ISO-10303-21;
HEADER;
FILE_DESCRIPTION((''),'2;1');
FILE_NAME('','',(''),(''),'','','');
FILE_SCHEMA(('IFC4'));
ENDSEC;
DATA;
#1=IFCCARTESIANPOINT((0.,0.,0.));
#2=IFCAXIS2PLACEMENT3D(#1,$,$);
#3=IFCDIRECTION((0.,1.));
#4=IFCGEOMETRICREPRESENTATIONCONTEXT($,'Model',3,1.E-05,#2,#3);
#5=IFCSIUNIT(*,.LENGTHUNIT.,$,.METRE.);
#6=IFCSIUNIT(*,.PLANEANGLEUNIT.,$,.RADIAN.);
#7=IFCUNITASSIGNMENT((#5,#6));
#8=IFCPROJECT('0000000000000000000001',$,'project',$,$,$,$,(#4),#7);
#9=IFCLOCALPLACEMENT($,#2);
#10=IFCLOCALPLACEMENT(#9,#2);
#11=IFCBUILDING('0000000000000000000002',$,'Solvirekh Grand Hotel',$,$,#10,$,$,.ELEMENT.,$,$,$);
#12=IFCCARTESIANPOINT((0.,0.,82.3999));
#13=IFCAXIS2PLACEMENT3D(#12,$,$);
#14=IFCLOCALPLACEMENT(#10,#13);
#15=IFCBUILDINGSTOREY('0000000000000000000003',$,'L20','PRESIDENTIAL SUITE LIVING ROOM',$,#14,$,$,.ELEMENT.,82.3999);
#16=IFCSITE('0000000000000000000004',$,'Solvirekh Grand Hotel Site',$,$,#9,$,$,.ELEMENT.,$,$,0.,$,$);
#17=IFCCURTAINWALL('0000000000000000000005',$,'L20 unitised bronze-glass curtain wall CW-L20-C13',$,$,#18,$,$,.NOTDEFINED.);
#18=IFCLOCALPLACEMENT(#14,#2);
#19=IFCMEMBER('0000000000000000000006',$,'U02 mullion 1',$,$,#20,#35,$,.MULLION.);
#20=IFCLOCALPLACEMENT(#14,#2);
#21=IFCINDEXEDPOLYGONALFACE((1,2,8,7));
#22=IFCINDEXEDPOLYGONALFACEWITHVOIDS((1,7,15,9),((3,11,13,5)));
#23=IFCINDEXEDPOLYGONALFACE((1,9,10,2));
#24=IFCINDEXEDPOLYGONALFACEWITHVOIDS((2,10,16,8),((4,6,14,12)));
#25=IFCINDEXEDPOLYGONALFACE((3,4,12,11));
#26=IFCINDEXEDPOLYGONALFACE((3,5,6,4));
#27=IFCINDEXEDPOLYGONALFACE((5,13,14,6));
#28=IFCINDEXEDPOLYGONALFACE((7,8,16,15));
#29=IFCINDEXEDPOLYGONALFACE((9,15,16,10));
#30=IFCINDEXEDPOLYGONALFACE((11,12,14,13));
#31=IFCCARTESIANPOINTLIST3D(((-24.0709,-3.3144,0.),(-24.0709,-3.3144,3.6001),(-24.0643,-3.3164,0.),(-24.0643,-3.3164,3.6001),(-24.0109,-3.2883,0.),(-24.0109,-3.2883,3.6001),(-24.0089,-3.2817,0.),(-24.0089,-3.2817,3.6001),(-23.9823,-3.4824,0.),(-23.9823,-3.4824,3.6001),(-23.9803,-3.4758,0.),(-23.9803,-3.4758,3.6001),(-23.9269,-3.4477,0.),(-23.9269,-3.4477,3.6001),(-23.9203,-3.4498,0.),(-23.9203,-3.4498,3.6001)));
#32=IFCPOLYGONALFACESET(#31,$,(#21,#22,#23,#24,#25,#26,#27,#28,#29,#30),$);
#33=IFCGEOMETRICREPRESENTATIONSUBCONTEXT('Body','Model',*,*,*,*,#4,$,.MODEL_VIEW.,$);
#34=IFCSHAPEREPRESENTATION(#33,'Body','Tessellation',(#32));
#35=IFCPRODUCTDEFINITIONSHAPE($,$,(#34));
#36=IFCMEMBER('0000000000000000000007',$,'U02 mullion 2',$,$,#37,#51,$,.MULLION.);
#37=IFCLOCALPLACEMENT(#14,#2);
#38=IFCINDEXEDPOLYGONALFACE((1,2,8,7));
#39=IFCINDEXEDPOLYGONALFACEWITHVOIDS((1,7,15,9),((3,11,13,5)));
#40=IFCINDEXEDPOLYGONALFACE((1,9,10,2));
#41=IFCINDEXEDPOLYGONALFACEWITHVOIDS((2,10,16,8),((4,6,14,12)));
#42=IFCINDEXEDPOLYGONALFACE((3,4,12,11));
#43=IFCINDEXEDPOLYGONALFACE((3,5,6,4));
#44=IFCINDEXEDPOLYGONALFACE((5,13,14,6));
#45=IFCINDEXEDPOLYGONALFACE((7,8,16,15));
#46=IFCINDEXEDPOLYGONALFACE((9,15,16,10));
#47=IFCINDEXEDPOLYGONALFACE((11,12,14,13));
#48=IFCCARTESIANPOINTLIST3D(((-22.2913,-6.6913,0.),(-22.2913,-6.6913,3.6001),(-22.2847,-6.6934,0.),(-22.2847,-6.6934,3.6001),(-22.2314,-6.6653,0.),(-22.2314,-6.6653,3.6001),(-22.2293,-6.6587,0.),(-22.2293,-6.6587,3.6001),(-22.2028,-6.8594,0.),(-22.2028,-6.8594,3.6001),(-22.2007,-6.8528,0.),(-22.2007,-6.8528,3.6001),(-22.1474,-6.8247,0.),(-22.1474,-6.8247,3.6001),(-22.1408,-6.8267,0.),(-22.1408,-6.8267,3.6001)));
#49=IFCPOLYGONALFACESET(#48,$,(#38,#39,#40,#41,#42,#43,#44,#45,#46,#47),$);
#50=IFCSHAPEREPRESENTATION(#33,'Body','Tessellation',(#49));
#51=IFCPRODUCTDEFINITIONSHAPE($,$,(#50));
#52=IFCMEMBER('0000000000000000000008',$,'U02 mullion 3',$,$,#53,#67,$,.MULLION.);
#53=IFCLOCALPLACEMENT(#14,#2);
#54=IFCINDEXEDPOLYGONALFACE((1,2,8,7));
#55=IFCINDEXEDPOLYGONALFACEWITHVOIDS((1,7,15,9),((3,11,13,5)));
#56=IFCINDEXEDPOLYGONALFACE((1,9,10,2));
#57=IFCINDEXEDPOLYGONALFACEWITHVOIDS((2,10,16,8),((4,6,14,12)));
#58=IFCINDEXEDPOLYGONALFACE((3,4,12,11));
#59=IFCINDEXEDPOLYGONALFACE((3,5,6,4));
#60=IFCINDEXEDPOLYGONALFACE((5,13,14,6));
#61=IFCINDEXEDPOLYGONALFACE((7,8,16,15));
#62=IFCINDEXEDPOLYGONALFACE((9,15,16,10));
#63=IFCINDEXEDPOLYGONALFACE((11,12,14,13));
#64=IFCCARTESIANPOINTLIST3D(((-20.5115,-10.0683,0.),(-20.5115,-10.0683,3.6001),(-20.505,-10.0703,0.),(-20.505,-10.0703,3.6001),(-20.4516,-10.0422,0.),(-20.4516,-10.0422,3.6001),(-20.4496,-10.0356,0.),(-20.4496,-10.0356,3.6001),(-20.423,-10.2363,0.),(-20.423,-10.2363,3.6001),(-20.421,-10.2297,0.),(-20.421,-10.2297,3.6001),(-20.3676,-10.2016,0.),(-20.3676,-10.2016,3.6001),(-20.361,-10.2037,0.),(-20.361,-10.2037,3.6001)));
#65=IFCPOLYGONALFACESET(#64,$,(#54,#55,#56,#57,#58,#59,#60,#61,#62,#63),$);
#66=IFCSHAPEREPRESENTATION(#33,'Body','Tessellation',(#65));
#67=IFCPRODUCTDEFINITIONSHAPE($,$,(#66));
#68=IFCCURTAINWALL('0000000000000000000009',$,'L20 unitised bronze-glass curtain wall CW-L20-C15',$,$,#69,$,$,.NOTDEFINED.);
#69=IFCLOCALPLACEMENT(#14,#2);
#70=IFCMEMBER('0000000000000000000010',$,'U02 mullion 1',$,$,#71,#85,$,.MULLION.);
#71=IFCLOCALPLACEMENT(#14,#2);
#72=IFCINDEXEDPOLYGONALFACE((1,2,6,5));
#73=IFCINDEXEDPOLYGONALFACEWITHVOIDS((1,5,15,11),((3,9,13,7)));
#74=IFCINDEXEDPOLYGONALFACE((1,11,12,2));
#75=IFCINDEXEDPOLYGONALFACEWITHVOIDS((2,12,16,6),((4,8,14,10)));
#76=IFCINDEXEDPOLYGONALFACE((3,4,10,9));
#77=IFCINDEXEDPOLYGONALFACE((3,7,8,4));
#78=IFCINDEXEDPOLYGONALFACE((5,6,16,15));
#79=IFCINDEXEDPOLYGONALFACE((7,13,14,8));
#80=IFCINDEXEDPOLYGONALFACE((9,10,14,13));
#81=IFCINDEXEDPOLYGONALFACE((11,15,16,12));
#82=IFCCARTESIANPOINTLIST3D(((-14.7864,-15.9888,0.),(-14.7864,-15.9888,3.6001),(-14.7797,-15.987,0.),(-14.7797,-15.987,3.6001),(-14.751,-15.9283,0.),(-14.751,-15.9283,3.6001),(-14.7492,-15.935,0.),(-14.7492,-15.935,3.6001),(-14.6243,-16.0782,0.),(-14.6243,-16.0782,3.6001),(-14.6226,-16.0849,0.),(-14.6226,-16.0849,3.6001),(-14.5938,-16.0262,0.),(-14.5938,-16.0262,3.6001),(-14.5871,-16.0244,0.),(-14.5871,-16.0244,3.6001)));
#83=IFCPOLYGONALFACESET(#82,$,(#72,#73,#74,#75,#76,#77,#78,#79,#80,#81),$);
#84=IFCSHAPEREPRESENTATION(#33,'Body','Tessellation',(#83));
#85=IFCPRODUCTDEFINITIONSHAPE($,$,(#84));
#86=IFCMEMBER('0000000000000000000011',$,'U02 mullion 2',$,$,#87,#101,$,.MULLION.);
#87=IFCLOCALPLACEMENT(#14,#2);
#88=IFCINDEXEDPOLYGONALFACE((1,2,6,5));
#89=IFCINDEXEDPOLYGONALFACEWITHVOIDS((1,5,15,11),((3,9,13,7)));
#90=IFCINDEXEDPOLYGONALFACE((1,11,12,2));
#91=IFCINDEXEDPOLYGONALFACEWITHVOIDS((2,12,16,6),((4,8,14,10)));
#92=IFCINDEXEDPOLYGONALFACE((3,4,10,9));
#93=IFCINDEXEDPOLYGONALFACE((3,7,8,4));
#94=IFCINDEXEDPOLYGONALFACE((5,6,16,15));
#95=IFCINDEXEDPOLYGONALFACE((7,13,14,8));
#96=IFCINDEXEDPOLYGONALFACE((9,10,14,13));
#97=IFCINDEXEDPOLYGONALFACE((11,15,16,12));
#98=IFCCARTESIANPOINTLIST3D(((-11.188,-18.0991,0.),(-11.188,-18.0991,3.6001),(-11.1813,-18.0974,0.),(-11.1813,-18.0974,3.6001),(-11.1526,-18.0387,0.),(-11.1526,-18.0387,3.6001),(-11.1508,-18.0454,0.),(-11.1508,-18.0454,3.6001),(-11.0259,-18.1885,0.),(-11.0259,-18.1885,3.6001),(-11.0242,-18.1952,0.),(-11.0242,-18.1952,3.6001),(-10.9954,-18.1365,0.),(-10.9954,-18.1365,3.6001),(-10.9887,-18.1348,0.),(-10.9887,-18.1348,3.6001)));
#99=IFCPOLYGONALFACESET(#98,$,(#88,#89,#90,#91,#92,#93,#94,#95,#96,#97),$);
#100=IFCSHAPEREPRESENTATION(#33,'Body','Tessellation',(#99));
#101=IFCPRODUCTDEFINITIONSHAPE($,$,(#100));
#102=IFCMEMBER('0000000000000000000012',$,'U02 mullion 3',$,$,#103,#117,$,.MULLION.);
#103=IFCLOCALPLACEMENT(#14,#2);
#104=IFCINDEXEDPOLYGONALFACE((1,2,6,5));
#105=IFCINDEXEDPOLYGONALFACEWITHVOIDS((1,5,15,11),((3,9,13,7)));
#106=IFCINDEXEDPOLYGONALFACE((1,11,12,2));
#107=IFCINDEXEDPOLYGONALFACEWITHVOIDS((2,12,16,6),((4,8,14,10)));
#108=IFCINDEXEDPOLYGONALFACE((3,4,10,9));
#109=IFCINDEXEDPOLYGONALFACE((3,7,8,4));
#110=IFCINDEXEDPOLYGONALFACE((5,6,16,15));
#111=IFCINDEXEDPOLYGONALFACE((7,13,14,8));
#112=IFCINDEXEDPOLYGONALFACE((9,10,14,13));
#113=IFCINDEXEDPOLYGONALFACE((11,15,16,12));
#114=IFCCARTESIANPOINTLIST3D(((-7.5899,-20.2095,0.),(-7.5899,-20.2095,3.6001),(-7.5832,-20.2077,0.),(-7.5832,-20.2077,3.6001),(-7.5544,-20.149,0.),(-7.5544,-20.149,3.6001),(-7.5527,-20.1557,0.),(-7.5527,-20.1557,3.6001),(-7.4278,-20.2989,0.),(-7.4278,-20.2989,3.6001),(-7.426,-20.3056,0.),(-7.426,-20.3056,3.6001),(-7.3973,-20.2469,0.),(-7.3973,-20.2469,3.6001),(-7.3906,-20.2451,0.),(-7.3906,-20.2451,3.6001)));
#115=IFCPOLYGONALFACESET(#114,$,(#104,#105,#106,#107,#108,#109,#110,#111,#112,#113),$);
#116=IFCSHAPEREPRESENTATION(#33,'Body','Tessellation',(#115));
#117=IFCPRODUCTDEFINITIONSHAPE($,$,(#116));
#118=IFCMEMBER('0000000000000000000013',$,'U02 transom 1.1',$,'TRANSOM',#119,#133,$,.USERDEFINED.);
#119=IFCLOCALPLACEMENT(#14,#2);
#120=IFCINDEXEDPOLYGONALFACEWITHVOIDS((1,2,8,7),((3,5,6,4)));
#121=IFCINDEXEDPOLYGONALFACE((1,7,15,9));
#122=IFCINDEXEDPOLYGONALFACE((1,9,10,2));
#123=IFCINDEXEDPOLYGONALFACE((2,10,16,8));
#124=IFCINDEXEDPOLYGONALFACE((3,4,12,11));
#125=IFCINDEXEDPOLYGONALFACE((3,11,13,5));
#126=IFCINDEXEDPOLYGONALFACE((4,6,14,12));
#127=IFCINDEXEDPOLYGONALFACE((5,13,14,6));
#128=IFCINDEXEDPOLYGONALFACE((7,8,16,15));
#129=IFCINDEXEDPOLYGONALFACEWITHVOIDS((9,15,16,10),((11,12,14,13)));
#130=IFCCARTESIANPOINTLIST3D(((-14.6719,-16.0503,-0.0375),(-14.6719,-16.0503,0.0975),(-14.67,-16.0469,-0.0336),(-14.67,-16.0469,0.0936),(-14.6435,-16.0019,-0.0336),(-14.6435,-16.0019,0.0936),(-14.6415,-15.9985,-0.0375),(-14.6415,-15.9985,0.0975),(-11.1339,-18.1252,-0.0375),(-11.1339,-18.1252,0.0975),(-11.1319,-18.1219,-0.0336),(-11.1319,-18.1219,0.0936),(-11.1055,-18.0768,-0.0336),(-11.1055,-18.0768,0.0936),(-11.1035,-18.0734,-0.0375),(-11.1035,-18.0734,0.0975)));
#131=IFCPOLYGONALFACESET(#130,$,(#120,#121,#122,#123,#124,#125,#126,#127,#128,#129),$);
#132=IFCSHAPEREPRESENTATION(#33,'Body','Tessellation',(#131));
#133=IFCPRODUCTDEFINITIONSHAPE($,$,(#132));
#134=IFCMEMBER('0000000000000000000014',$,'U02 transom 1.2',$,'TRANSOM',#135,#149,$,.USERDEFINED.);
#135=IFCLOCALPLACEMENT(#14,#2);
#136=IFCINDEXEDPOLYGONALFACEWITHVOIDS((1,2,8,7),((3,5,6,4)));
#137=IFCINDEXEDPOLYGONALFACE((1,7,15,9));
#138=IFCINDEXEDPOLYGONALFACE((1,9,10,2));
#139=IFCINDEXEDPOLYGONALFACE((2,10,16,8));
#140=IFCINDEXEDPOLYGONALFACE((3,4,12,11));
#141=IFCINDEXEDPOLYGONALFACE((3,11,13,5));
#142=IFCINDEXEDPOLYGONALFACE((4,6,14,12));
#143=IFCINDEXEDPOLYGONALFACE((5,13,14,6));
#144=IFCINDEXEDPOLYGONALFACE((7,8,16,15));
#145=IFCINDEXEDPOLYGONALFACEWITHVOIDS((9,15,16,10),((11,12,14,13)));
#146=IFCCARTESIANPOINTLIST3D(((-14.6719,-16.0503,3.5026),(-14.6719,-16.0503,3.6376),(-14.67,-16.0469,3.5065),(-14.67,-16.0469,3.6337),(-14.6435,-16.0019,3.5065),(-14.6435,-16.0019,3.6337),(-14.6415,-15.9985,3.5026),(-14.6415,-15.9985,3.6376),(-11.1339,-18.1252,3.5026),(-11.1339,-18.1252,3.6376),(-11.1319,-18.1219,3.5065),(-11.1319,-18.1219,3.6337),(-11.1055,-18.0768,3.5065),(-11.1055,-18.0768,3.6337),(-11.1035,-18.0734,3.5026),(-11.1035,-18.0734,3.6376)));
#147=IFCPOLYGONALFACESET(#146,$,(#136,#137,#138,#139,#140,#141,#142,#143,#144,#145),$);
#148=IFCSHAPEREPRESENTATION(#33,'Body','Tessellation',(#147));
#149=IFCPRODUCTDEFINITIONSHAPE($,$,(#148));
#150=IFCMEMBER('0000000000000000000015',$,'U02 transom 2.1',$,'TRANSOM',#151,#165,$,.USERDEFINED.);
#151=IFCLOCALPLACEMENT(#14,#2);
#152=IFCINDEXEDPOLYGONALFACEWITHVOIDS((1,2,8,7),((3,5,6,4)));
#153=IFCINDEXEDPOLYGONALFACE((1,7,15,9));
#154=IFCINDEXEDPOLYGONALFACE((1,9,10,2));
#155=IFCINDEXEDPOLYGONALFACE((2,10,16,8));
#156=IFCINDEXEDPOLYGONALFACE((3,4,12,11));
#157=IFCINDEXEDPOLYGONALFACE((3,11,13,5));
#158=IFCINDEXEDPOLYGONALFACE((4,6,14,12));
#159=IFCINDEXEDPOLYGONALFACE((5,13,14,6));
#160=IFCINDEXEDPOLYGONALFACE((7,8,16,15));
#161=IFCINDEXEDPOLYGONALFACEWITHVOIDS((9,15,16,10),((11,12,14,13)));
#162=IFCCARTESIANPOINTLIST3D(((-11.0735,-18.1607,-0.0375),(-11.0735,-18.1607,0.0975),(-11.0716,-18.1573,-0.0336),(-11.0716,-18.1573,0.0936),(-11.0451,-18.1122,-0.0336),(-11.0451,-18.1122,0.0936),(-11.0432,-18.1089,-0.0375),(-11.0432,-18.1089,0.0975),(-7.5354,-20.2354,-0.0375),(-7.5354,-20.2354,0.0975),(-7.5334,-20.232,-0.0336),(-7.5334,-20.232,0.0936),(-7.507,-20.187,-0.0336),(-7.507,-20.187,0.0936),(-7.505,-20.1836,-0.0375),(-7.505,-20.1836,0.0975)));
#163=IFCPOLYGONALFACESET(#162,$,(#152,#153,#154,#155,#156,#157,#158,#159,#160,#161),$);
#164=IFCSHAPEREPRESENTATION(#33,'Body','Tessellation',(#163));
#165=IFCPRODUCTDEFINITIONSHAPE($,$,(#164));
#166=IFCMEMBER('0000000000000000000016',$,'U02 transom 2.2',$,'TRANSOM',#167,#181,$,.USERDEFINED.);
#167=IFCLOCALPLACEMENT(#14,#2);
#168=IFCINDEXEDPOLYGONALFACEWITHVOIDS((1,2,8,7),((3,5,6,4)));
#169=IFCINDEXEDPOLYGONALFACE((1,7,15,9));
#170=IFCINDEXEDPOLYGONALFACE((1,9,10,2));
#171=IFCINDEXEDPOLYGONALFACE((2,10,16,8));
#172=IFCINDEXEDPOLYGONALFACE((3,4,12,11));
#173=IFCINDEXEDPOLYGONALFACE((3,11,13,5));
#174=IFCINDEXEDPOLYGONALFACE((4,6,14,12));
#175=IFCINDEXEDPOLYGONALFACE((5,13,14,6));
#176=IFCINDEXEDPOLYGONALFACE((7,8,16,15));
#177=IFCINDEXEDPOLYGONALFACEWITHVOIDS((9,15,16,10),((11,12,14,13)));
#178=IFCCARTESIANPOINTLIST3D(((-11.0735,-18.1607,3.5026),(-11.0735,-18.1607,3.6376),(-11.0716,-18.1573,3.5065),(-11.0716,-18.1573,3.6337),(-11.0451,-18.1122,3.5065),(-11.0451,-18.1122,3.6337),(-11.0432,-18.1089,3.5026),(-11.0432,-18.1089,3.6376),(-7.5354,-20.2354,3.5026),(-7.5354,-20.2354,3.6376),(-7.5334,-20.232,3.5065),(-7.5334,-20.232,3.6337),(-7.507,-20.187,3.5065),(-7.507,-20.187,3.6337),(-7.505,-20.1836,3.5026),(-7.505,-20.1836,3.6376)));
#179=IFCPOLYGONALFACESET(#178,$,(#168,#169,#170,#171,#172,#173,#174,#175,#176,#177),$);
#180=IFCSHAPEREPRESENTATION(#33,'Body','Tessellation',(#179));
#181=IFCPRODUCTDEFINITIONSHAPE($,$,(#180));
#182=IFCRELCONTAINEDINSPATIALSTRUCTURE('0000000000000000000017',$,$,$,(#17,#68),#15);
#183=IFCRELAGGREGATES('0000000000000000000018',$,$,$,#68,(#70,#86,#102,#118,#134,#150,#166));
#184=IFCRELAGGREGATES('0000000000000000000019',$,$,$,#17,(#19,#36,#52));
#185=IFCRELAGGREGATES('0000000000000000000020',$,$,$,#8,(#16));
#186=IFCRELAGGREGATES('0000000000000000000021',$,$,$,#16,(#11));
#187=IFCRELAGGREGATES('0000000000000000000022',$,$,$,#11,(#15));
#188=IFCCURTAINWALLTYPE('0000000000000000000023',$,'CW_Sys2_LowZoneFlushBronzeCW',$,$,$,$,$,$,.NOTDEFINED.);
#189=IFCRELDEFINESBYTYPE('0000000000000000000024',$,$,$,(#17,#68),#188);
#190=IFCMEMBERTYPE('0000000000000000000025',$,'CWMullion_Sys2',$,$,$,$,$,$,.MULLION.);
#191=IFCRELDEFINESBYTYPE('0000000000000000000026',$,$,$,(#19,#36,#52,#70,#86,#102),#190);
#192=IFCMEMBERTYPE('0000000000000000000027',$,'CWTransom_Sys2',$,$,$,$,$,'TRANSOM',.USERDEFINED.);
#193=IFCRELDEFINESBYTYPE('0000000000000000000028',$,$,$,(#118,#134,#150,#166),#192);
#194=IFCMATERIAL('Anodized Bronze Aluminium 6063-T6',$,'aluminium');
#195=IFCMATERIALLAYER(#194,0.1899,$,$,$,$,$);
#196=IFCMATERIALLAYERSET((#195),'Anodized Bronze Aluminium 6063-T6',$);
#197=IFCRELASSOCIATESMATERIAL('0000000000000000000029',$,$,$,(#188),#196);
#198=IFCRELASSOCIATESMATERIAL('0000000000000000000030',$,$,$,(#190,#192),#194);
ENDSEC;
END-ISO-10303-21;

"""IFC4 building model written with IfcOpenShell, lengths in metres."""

from ifc_helpers import new_model, si_unit, direction, frame, origin, origin_2d, place, context, subcontext, project, spatial, hollow_rectangle, extrude, source, transform, mapped, material, layer, layer_set, material_profile, profile_set, type_object, element, aggregate, save


model = new_model("IFC4")

# Units and contexts
model_context = context("Model", 3, precision=1e-05, world=origin(), true_north=direction((0.0, 1.0)))
body_context = subcontext(model_context, "Body", "Model", "MODEL_VIEW")
ifc_project = project(units=[si_unit("LENGTHUNIT", "METRE"), si_unit("PLANEANGLEUNIT", "RADIAN")], contexts=[model_context])

# Site, building, storey
site_placement = place(None, origin())
site = spatial("IfcSite", under=ifc_project, at=site_placement, Name="Solvirekh Grand Hotel Site", CompositionType="ELEMENT", RefElevation=0.0)
building_placement = place(site_placement, origin())
building = spatial("IfcBuilding", under=site, at=building_placement, Name="Solvirekh Grand Hotel", CompositionType="ELEMENT")
storey_placement = place(building_placement, frame((0.0, 0.0, 82.3999)))
storey = spatial("IfcBuildingStorey", under=building, at=storey_placement, Name="L20", Description="PRESIDENTIAL SUITE LIVING ROOM", CompositionType="ELEMENT", Elevation=82.3999)

# Curtain walls, members
ifc_material_1 = material(Name="Anodized Bronze Aluminium 6063-T6", Category="aluminium")
ifc_layer_1 = layer(ifc_material_1, 0.1899)
ifc_layer_set_1 = layer_set([ifc_layer_1], Name="Anodized Bronze Aluminium 6063-T6")
curtain_wall_type = type_object("IfcCurtainWallType", Name="CW_Sys2_LowZoneFlushBronzeCW", PredefinedType="NOTDEFINED", material=ifc_layer_set_1)
curtain_wall_1_placement = place(storey_placement, origin())
curtain_wall_1 = element("IfcCurtainWall", 1, at=curtain_wall_1_placement, inside=storey, type_object=curtain_wall_type, Name="L20 unitised bronze-glass curtain wall CW-L20-C13", PredefinedType="NOTDEFINED")
ifc_material_profile_1 = material_profile(ifc_material_1, hollow_rectangle(XDim=0.0701, YDim=0.1899, WallThickness=0.0049, at=origin_2d()), Name="ALU RHS 190X70X5")
ifc_profile_set_1 = profile_set([ifc_material_profile_1], Name="Anodized Bronze Aluminium 6063-T6")
member_type_1 = type_object("IfcMemberType", Name="CWMullion_Sys2", PredefinedType="MULLION", material=ifc_profile_set_1)
shared_shape_1 = source(origin(), body_context, "Body", "SweptSolid", [
    extrude(hollow_rectangle(XDim=0.0701, YDim=0.1899, WallThickness=0.0049, at=origin_2d()), origin(), (0.0, 0.0, 1.0), 3.6001),
])
member_1_placement = place(storey_placement, frame((-23.9956, -3.3821, 0.0), z_axis=(0.0, 0.0, 1.0), x_axis=(0.88467, 0.466217, 0.0)))
member_1 = element("IfcMember", 2, at=member_1_placement, type_object=member_type_1, Name="U02 mullion 1", PredefinedType="MULLION", context=body_context, shape_type="MappedRepresentation", body=[
    mapped(shared_shape_1, transform((0.0, 0.0, 0.0), x_axis=(1.0, 0.0, 0.0), y_axis=(0.0, 1.0, 0.0), z_axis=(0.0, 0.0, 1.0), scale=1.0)),
])
member_2_placement = place(storey_placement, frame((-22.2161, -6.759, 0.0), z_axis=(0.0, 0.0, 1.0), x_axis=(0.88467, 0.466217, 0.0)))
member_2 = element("IfcMember", 3, at=member_2_placement, type_object=member_type_1, Name="U02 mullion 2", PredefinedType="MULLION", context=body_context, shape_type="MappedRepresentation", body=[
    mapped(shared_shape_1, transform((0.0, 0.0, 0.0), x_axis=(1.0, 0.0, 0.0), y_axis=(0.0, 1.0, 0.0), z_axis=(0.0, 0.0, 1.0), scale=1.0)),
])
member_3_placement = place(storey_placement, frame((-20.4363, -10.136, 0.0), z_axis=(0.0, 0.0, 1.0), x_axis=(0.88467, 0.466217, 0.0)))
member_3 = element("IfcMember", 4, at=member_3_placement, type_object=member_type_1, Name="U02 mullion 3", PredefinedType="MULLION", context=body_context, shape_type="MappedRepresentation", body=[
    mapped(shared_shape_1, transform((0.0, 0.0, 0.0), x_axis=(1.0, 0.0, 0.0), y_axis=(0.0, 1.0, 0.0), z_axis=(0.0, 0.0, 1.0), scale=1.0)),
])
curtain_wall_2_placement = place(storey_placement, origin())
curtain_wall_2 = element("IfcCurtainWall", 5, at=curtain_wall_2_placement, inside=storey, type_object=curtain_wall_type, Name="L20 unitised bronze-glass curtain wall CW-L20-C15", PredefinedType="NOTDEFINED")
member_4_placement = place(storey_placement, frame((-14.6868, -16.0066, 0.0), z_axis=(0.0, 0.0, 1.0), x_axis=(0.505887, 0.8626, 0.0)))
member_4 = element("IfcMember", 6, at=member_4_placement, type_object=member_type_1, Name="U02 mullion 1", PredefinedType="MULLION", context=body_context, shape_type="MappedRepresentation", body=[
    mapped(shared_shape_1, transform((0.0, 0.0, 0.0), x_axis=(1.0, 0.0, 0.0), y_axis=(0.0, 1.0, 0.0), z_axis=(0.0, 0.0, 1.0), scale=1.0)),
])
member_5_placement = place(storey_placement, frame((-11.0884, -18.1169, 0.0), z_axis=(0.0, 0.0, 1.0), x_axis=(0.505887, 0.8626, 0.0)))
member_5 = element("IfcMember", 7, at=member_5_placement, type_object=member_type_1, Name="U02 mullion 2", PredefinedType="MULLION", context=body_context, shape_type="MappedRepresentation", body=[
    mapped(shared_shape_1, transform((0.0, 0.0, 0.0), x_axis=(1.0, 0.0, 0.0), y_axis=(0.0, 1.0, 0.0), z_axis=(0.0, 0.0, 1.0), scale=1.0)),
])
member_6_placement = place(storey_placement, frame((-7.4902, -20.2273, 0.0), z_axis=(0.0, 0.0, 1.0), x_axis=(0.505887, 0.8626, 0.0)))
member_6 = element("IfcMember", 8, at=member_6_placement, type_object=member_type_1, Name="U02 mullion 3", PredefinedType="MULLION", context=body_context, shape_type="MappedRepresentation", body=[
    mapped(shared_shape_1, transform((0.0, 0.0, 0.0), x_axis=(1.0, 0.0, 0.0), y_axis=(0.0, 1.0, 0.0), z_axis=(0.0, 0.0, 1.0), scale=1.0)),
])
ifc_material_profile_2 = material_profile(ifc_material_1, hollow_rectangle(XDim=0.0601, YDim=0.135, WallThickness=0.0039, at=origin_2d()), Name="ALU RHS 135X60X4")
ifc_profile_set_2 = profile_set([ifc_material_profile_2], Name="Anodized Bronze Aluminium 6063-T6")
member_type_2 = type_object("IfcMemberType", Name="CWTransom_Sys2", ElementType="TRANSOM", PredefinedType="USERDEFINED", material=ifc_profile_set_2)
shared_shape_2 = source(origin(), body_context, "Body", "SweptSolid", [
    extrude(hollow_rectangle(XDim=0.0601, YDim=0.135, WallThickness=0.0039, at=origin_2d()), origin(), (0.0, 0.0, 1.0), 4.1016),
])
member_7_placement = place(storey_placement, frame((-14.6567, -16.0244, 0.03), z_axis=(0.862602, -0.505883, 0.0), x_axis=(0.505883, 0.862602, 0.0)))
member_7 = element("IfcMember", 9, at=member_7_placement, type_object=member_type_2, Name="U02 transom 1.1", ObjectType="TRANSOM", PredefinedType="USERDEFINED", context=body_context, shape_type="MappedRepresentation", body=[
    mapped(shared_shape_2, transform((0.0, 0.0, 0.0), x_axis=(1.0, 0.0, 0.0), y_axis=(0.0, 1.0, 0.0), z_axis=(0.0, 0.0, 1.0), scale=1.0)),
])
member_8_placement = place(storey_placement, frame((-14.6567, -16.0244, 3.5701), z_axis=(0.862602, -0.505883, 0.0), x_axis=(0.505883, 0.862602, 0.0)))
member_8 = element("IfcMember", 10, at=member_8_placement, type_object=member_type_2, Name="U02 transom 1.2", ObjectType="TRANSOM", PredefinedType="USERDEFINED", context=body_context, shape_type="MappedRepresentation", body=[
    mapped(shared_shape_2, transform((0.0, 0.0, 0.0), x_axis=(1.0, 0.0, 0.0), y_axis=(0.0, 1.0, 0.0), z_axis=(0.0, 0.0, 1.0), scale=1.0)),
])
member_9_placement = place(storey_placement, frame((-11.0583, -18.1348, 0.03), z_axis=(0.862628, -0.505839, 0.0), x_axis=(0.505839, 0.862628, 0.0)))
member_9 = element("IfcMember", 11, at=member_9_placement, type_object=member_type_2, Name="U02 transom 2.1", ObjectType="TRANSOM", PredefinedType="USERDEFINED", context=body_context, shape_type="MappedRepresentation", body=[
    mapped(shared_shape_2, transform((0.0, 0.0, 0.0), x_axis=(1.0, 0.0, 0.0), y_axis=(0.0, 1.0, 0.0), z_axis=(0.0, 0.0, 1.0), scale=1.0)),
])
member_10_placement = place(storey_placement, frame((-11.0583, -18.1348, 3.5701), z_axis=(0.862628, -0.505839, 0.0), x_axis=(0.505839, 0.862628, 0.0)))
member_10 = element("IfcMember", 12, at=member_10_placement, type_object=member_type_2, Name="U02 transom 2.2", ObjectType="TRANSOM", PredefinedType="USERDEFINED", context=body_context, shape_type="MappedRepresentation", body=[
    mapped(shared_shape_2, transform((0.0, 0.0, 0.0), x_axis=(1.0, 0.0, 0.0), y_axis=(0.0, 1.0, 0.0), z_axis=(0.0, 0.0, 1.0), scale=1.0)),
])

aggregate(curtain_wall_2, [member_4, member_5, member_6, member_7, member_8, member_9, member_10])
aggregate(curtain_wall_1, [member_1, member_2, member_3])

save(model, "model.ifc")
